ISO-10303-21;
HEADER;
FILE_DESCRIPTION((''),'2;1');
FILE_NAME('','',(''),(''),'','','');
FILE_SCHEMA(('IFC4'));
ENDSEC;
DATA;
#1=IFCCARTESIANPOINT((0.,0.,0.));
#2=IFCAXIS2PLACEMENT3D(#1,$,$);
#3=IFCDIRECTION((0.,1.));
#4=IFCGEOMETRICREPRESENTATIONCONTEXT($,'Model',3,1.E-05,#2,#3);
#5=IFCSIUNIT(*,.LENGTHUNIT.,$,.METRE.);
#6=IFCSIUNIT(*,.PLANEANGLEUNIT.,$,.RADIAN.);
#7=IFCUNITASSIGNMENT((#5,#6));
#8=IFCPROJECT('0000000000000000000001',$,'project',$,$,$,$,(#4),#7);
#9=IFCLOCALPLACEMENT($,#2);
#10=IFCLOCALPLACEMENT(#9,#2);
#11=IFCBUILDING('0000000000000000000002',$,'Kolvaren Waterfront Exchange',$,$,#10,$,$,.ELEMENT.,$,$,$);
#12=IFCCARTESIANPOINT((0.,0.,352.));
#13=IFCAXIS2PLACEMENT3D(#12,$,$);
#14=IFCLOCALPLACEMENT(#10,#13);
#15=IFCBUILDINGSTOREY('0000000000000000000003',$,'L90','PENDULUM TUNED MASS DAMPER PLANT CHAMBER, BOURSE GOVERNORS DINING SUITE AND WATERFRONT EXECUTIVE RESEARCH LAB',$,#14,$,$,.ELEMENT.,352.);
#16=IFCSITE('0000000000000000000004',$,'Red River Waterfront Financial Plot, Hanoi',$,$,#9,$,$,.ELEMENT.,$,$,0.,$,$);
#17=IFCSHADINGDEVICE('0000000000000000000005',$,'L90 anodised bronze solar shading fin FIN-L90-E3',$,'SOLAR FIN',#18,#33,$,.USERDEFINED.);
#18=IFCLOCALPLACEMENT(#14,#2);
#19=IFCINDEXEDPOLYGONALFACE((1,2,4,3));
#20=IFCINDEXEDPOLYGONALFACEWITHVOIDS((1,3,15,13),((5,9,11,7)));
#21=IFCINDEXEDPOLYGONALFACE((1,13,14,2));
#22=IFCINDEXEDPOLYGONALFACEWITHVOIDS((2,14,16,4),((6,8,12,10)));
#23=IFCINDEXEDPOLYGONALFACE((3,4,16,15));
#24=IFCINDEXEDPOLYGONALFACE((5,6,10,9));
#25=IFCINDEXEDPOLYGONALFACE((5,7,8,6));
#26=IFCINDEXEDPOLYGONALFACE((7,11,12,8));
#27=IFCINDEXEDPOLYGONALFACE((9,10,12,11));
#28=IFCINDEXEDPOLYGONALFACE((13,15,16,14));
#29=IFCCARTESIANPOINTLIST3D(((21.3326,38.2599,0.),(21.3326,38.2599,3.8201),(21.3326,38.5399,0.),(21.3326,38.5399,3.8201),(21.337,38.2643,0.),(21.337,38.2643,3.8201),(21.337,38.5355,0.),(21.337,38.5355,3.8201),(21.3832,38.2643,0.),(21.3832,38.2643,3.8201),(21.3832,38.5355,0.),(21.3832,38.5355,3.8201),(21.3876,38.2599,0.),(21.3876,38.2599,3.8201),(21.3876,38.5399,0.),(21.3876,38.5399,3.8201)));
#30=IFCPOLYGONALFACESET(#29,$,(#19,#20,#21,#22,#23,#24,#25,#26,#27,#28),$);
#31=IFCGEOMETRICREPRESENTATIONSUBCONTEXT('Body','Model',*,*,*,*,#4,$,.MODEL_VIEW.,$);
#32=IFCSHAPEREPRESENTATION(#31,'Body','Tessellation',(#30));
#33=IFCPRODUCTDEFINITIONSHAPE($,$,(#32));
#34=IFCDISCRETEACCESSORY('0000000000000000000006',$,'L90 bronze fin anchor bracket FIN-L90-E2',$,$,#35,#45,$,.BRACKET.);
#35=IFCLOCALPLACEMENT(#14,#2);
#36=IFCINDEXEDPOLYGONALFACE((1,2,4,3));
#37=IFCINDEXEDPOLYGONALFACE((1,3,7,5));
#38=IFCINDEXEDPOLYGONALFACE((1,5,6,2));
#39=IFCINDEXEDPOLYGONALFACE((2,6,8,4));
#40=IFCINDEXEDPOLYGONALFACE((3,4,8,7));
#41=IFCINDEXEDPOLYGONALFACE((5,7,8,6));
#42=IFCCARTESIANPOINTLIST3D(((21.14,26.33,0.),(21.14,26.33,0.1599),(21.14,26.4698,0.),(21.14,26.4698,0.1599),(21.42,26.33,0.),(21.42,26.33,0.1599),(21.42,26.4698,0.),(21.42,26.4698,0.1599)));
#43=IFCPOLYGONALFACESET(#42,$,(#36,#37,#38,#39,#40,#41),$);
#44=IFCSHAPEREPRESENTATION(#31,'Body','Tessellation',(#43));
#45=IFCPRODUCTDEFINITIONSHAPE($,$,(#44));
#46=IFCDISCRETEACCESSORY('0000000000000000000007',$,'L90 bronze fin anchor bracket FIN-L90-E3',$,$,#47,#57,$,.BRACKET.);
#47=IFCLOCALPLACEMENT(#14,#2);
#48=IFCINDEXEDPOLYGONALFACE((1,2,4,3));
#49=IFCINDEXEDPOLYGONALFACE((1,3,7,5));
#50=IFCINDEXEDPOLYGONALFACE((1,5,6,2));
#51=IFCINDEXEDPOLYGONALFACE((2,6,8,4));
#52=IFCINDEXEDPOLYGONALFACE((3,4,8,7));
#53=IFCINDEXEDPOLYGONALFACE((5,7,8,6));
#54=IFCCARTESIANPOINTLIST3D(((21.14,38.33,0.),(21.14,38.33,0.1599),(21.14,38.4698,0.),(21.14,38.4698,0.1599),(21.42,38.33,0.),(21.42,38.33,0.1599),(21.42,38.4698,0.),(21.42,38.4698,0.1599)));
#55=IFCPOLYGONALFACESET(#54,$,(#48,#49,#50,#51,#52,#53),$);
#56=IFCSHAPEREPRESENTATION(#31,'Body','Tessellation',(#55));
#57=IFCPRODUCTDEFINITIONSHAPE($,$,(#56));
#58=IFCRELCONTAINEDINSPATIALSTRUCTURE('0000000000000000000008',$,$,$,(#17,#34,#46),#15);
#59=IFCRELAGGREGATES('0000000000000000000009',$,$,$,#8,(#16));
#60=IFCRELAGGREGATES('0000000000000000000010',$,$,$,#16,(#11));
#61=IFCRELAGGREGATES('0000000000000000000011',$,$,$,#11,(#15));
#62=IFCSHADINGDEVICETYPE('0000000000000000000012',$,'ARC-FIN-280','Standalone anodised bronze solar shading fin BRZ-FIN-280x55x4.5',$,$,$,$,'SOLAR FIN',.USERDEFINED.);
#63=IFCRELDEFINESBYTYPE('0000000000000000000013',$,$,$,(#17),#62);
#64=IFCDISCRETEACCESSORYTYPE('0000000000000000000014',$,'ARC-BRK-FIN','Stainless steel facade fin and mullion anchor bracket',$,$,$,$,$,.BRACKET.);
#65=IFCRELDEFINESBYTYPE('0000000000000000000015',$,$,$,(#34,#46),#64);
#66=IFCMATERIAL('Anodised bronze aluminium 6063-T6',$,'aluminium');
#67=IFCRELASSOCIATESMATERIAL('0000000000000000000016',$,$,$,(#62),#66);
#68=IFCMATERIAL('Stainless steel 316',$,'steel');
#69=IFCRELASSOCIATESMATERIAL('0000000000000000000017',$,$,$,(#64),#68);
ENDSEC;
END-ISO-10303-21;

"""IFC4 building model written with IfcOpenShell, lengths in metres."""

from ifc_helpers import new_model, si_unit, direction, frame, origin, origin_with_axes, origin_2d, place, context, subcontext, project, spatial, rectangle, hollow_rectangle, extrude, source, transform, mapped, material, material_profile, profile_set, type_object, element, save


model = new_model("IFC4")

# Units and contexts
model_context = context("Model", 3, precision=1e-05, world=origin(), true_north=direction((0.0, 1.0)))
body_context = subcontext(model_context, "Body", "Model", "MODEL_VIEW")
ifc_project = project(units=[si_unit("LENGTHUNIT", "METRE"), si_unit("PLANEANGLEUNIT", "RADIAN")], contexts=[model_context])

# Site, building, storey
site_placement = place(None, origin())
site = spatial("IfcSite", under=ifc_project, at=site_placement, Name="Red River Waterfront Financial Plot, Hanoi", CompositionType="ELEMENT", RefElevation=0.0)
building_placement = place(site_placement, origin())
building = spatial("IfcBuilding", under=site, at=building_placement, Name="Kolvaren Waterfront Exchange", CompositionType="ELEMENT")
storey_placement = place(building_placement, frame((0.0, 0.0, 352.0)))
storey = spatial("IfcBuildingStorey", under=building, at=storey_placement, Name="L90", Description="PENDULUM TUNED MASS DAMPER PLANT CHAMBER, BOURSE GOVERNORS DINING SUITE AND WATERFRONT EXECUTIVE RESEARCH LAB", CompositionType="ELEMENT", Elevation=352.0)

# Shared definitions
ifc_material_1 = material(Name="Anodised bronze aluminium 6063-T6", Category="aluminium")

# Shading device
ifc_material_profile_1 = material_profile(ifc_material_1, hollow_rectangle(XDim=0.0549, YDim=0.28, WallThickness=0.0044, at=origin_2d()), Name="BRZ-FIN-280x55x4.5")
ifc_profile_set_1 = profile_set([ifc_material_profile_1], Name="Anodised bronze aluminium 6063-T6")
shading_device_type = type_object("IfcShadingDeviceType", Name="ARC-FIN-280", Description="Standalone anodised bronze solar shading fin BRZ-FIN-280x55x4.5", ElementType="SOLAR FIN", PredefinedType="USERDEFINED", material=ifc_profile_set_1)
for number, where, z_axis, x_axis, name in (
    (1, (21.3601, 38.3999, 0.0), (0.0, 0.0, 1.0), (1.0, 0.0, 0.0), "L90 anodised bronze solar shading fin FIN-L90-E3"),
):
    element("IfcShadingDevice", number, at=place(storey_placement, frame(where, z_axis=z_axis, x_axis=x_axis)), inside=storey, type_object=shading_device_type, Name=name, ObjectType="SOLAR FIN", PredefinedType="USERDEFINED", context=body_context, shape_type="SweptSolid", body=[
        extrude(hollow_rectangle(XDim=0.0549, YDim=0.28, WallThickness=0.0044, at=origin_2d()), origin(), (0.0, 0.0, 1.0), 3.8201),
    ])

# Discrete accessories
ifc_material_2 = material(Name="Stainless steel 316", Category="steel")
discrete_accessory_type = type_object("IfcDiscreteAccessoryType", Name="ARC-BRK-FIN", Description="Stainless steel facade fin and mullion anchor bracket", PredefinedType="BRACKET", material=ifc_material_2)
shared_shape_1 = source(origin_with_axes(), body_context, "Body", "SweptSolid", [
    extrude(rectangle(XDim=0.28, YDim=0.1399, at=origin_2d()), origin(), (0.0, 0.0, 1.0), 0.1599),
])
for number, where, z_axis, x_axis, name in (
    (2, (21.28, 26.3999, 0.0), (0.0, 0.0, 1.0), (1.0, 0.0, 0.0), "L90 bronze fin anchor bracket FIN-L90-E2"),
    (3, (21.28, 38.3999, 0.0), (0.0, 0.0, 1.0), (1.0, 0.0, 0.0), "L90 bronze fin anchor bracket FIN-L90-E3"),
):
    element("IfcDiscreteAccessory", number, at=place(storey_placement, frame(where, z_axis=z_axis, x_axis=x_axis)), inside=storey, type_object=discrete_accessory_type, Name=name, PredefinedType="BRACKET", context=body_context, shape_type="MappedRepresentation", body=[
        mapped(shared_shape_1, transform((0.0, 0.0, 0.0), x_axis=(1.0, 0.0, 0.0), y_axis=(0.0, 1.0, 0.0), z_axis=(0.0, 0.0, 1.0), scale=1.0)),
    ])

save(model, "model.ifc")
